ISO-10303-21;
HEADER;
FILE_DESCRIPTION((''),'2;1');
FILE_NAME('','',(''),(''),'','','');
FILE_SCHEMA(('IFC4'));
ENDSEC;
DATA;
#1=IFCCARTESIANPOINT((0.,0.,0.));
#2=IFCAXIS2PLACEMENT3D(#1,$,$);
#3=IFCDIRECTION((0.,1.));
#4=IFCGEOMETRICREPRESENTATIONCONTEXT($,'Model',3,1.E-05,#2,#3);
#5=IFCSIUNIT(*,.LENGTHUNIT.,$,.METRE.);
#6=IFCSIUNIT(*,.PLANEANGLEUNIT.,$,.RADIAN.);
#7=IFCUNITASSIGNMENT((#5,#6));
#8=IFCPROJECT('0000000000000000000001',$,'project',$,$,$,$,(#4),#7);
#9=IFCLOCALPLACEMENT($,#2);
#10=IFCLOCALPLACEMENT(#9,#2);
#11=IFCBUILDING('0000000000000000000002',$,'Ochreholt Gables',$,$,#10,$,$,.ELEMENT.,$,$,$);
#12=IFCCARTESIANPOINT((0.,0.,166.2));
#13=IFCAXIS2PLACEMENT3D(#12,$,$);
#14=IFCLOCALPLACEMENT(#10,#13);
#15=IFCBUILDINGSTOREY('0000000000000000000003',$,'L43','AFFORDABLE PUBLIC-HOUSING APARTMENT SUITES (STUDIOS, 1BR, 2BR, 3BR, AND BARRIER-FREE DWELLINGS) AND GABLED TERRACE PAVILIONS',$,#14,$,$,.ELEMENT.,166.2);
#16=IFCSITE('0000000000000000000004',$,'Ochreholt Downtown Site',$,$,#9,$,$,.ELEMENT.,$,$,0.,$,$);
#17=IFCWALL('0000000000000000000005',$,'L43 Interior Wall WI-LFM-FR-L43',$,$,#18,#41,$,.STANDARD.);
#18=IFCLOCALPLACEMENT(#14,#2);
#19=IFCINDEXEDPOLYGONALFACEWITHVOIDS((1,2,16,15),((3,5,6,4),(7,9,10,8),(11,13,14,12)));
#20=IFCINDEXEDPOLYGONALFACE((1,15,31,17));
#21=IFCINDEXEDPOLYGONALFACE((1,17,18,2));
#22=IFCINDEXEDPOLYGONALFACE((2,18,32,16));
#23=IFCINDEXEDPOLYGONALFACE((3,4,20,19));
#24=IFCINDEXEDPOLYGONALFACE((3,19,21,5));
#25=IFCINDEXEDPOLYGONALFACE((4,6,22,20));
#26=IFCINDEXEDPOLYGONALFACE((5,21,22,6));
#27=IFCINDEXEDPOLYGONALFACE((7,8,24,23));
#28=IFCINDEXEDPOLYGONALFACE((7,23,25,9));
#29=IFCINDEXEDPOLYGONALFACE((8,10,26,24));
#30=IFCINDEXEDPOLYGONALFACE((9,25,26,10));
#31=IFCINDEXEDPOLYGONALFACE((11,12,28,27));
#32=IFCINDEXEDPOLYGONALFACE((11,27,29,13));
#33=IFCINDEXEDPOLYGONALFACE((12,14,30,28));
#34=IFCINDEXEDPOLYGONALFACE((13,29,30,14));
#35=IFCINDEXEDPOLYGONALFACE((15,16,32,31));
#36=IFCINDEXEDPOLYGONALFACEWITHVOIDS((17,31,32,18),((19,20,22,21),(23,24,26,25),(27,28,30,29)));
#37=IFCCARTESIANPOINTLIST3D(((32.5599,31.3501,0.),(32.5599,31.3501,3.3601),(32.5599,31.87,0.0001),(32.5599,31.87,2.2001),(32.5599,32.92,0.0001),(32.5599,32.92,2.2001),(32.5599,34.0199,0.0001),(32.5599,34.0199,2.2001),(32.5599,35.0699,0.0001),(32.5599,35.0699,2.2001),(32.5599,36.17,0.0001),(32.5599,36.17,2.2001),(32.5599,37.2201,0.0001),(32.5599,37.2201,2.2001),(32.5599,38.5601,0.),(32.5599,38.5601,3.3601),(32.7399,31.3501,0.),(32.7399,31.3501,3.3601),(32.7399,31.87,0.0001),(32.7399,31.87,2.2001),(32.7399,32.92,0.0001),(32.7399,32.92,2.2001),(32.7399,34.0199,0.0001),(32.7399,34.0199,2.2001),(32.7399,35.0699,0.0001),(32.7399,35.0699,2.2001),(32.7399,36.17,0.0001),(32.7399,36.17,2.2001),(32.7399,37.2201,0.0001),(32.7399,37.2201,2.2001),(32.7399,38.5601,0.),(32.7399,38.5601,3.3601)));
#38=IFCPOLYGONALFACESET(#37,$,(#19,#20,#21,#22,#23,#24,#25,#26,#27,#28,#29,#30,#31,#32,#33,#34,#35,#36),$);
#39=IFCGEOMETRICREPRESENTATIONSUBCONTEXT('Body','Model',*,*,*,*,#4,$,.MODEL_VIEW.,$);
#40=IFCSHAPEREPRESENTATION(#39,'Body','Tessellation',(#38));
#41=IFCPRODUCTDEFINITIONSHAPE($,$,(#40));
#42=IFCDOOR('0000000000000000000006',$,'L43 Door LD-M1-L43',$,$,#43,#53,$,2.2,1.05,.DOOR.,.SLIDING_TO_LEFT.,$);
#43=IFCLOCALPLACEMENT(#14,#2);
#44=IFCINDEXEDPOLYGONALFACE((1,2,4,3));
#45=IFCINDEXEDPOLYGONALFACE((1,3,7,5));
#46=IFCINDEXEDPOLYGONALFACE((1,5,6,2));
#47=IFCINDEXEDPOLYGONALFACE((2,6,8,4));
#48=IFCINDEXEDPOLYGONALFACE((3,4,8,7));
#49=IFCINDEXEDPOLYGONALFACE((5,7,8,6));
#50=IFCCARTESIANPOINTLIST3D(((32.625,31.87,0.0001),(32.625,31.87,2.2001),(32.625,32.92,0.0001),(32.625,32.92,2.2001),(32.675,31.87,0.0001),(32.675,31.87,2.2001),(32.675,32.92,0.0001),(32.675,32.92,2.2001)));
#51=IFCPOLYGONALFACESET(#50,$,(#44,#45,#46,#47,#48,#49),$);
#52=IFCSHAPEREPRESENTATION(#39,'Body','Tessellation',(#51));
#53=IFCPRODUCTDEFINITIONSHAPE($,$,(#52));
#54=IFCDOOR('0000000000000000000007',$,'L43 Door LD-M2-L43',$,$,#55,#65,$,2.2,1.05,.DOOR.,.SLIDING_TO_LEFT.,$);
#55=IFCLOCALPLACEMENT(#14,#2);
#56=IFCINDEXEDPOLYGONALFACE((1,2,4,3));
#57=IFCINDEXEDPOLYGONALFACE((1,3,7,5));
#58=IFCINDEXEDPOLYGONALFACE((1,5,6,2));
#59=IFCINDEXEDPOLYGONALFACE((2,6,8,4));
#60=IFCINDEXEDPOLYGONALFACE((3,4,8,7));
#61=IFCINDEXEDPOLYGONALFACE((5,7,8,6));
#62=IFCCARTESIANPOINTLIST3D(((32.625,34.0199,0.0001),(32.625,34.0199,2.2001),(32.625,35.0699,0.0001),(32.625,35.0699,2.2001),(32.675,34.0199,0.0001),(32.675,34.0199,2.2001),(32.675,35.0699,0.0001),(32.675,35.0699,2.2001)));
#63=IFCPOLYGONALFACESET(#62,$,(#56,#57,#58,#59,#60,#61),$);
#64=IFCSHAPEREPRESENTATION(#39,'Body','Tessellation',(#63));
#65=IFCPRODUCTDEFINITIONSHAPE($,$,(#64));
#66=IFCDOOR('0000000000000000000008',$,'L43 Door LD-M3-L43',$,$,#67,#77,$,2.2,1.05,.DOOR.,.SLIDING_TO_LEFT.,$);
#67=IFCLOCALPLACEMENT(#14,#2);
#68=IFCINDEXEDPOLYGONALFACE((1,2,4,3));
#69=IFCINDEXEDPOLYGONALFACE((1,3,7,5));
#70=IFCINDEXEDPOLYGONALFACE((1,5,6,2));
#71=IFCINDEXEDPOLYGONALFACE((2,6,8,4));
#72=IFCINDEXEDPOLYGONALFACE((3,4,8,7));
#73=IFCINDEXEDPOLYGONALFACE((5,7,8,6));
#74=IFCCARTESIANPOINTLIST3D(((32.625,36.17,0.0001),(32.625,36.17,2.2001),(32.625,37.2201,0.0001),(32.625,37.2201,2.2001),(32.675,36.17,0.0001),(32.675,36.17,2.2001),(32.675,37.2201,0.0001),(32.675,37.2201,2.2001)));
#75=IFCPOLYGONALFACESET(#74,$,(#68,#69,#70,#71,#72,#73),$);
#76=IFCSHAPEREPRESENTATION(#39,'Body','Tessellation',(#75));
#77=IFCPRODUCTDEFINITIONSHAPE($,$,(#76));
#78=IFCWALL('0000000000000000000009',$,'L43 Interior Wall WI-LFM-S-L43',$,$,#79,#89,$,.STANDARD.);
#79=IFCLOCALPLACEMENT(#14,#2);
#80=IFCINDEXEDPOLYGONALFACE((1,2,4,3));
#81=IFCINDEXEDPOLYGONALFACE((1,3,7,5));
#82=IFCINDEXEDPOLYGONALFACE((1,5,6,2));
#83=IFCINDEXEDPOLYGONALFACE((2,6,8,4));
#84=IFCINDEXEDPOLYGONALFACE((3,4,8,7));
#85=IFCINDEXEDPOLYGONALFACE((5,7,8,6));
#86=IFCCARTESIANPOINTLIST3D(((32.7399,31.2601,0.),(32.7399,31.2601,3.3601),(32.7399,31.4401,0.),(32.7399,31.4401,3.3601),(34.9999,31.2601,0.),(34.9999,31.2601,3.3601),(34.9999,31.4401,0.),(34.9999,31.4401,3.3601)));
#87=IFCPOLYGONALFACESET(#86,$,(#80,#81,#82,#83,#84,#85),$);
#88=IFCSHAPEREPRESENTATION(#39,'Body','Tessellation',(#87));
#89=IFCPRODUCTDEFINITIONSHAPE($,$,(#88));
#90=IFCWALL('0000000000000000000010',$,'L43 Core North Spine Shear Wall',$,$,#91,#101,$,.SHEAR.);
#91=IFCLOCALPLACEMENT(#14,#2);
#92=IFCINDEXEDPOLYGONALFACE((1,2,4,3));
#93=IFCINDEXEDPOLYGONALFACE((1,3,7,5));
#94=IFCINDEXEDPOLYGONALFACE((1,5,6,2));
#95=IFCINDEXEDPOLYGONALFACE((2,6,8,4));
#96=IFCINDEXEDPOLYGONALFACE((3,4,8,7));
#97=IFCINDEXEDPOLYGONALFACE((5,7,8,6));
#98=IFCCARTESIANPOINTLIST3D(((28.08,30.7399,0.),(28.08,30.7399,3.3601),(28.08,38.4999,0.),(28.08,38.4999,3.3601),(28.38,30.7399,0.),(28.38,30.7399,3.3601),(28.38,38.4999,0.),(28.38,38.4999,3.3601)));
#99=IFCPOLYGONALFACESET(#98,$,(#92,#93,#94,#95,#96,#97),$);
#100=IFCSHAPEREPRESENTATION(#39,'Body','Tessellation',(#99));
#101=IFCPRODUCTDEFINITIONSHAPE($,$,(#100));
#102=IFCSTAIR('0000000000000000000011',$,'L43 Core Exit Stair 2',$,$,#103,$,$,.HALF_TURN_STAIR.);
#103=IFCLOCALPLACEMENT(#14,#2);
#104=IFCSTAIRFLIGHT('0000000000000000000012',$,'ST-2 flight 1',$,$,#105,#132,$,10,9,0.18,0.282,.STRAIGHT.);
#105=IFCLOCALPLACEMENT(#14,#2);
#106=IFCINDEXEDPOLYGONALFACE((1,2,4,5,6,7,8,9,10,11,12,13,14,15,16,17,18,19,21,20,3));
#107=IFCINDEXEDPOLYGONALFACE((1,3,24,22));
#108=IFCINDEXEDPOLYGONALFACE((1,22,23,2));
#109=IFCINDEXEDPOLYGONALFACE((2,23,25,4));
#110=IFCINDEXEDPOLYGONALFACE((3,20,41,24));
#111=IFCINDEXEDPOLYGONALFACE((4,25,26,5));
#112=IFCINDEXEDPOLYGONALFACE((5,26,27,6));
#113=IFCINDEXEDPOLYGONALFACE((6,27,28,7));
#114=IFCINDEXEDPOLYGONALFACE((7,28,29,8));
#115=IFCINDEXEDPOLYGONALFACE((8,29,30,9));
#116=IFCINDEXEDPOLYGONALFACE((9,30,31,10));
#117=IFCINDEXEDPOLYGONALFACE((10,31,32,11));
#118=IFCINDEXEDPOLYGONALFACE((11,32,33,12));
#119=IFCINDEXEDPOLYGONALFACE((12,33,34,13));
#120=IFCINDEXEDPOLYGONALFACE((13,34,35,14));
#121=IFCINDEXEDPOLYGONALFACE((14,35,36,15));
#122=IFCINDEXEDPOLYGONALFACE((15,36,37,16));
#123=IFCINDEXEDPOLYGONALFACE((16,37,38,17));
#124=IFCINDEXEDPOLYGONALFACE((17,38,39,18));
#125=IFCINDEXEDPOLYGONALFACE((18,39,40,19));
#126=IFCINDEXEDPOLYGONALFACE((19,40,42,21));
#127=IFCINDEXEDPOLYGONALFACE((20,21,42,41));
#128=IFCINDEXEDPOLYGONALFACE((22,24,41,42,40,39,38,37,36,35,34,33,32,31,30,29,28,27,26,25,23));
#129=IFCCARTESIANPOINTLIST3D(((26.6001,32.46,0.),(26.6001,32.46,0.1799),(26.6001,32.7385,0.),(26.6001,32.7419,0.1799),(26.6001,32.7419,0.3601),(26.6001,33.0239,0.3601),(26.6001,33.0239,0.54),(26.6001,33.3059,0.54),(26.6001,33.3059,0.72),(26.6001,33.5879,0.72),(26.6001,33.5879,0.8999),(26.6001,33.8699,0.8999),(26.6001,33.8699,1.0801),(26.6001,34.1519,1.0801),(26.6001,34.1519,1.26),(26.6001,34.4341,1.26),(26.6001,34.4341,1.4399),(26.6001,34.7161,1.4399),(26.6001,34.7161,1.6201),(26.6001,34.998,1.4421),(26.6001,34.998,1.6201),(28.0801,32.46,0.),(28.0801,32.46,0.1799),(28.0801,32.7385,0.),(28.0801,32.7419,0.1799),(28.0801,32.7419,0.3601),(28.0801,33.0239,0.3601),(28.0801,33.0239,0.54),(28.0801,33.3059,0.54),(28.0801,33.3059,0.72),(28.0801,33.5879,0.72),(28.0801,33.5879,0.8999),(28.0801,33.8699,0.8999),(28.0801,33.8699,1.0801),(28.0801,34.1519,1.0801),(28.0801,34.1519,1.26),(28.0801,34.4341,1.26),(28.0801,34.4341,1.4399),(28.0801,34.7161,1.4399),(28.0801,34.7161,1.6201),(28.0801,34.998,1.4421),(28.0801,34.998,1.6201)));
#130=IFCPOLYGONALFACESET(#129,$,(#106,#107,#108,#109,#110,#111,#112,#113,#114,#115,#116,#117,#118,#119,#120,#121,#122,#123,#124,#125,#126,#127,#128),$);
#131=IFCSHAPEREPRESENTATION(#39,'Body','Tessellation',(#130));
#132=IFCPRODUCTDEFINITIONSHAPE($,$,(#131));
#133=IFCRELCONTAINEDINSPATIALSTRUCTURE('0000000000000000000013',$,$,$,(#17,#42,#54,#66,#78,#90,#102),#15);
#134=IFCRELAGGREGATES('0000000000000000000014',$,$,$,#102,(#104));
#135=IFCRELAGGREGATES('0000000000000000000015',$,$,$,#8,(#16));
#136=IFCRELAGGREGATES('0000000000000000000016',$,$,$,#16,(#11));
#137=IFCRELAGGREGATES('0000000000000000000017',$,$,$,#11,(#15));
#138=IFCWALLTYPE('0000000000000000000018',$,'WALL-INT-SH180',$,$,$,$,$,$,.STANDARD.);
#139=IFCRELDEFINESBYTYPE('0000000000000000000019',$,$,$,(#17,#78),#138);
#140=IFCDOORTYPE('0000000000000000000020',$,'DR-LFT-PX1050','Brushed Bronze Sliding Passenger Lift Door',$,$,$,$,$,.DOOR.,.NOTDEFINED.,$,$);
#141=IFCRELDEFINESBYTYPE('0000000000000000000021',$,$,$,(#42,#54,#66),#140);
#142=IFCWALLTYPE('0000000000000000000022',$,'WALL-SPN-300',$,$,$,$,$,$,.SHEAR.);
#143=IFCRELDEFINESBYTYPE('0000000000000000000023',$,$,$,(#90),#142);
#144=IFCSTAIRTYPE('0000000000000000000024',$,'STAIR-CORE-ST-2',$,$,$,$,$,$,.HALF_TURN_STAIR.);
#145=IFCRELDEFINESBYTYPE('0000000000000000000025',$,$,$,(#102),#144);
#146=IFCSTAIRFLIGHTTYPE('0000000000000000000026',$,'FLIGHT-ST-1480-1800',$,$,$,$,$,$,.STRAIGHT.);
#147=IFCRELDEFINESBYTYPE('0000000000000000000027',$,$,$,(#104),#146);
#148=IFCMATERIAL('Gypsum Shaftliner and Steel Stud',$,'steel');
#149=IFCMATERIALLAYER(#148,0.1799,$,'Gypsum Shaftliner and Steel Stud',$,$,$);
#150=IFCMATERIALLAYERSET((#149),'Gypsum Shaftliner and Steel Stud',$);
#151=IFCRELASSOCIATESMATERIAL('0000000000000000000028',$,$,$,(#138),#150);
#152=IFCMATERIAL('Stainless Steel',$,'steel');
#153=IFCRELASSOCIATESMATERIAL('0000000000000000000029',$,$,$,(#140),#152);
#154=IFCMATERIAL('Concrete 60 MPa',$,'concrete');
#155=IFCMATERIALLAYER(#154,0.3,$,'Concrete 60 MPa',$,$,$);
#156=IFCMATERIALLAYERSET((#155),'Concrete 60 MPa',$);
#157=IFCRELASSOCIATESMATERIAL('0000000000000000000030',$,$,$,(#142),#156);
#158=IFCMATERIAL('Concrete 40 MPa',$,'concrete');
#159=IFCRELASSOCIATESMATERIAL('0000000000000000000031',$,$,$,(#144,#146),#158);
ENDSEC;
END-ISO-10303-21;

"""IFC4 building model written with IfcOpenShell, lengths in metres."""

from ifc_helpers import new_model, si_unit, direction, frame, frame_2d, origin, place, context, subcontext, project, spatial, polyline, rectangle, outline, extrude, material, layer, layer_set, type_object, element, fill, aggregate, save


model = new_model("IFC4")

# Units and contexts
model_context = context("Model", 3, precision=1e-05, world=origin(), true_north=direction((0.0, 1.0)))
body_context = subcontext(model_context, "Body", "Model", "MODEL_VIEW")
ifc_project = project(units=[si_unit("LENGTHUNIT", "METRE"), si_unit("PLANEANGLEUNIT", "RADIAN")], contexts=[model_context])

# Site, building, storey
site_placement = place(None, origin())
site = spatial("IfcSite", under=ifc_project, at=site_placement, Name="Ochreholt Downtown Site", CompositionType="ELEMENT", RefElevation=0.0)
building_placement = place(site_placement, origin())
building = spatial("IfcBuilding", under=site, at=building_placement, Name="Ochreholt Gables", CompositionType="ELEMENT")
storey_placement = place(building_placement, frame((0.0, 0.0, 166.2)))
storey = spatial("IfcBuildingStorey", under=building, at=storey_placement, Name="L43", Description="AFFORDABLE PUBLIC-HOUSING APARTMENT SUITES (STUDIOS, 1BR, 2BR, 3BR, AND BARRIER-FREE DWELLINGS) AND GABLED TERRACE PAVILIONS", CompositionType="ELEMENT", Elevation=166.2)

# Shared definitions
ifc_material_1 = material(Name="Concrete 40 MPa", Category="concrete")

# Shared definitions
ifc_material_2 = material(Name="Gypsum Shaftliner and Steel Stud", Category="steel")
ifc_layer_1 = layer(ifc_material_2, 0.1799, Name="Gypsum Shaftliner and Steel Stud")
ifc_layer_set_1 = layer_set([ifc_layer_1], Name="Gypsum Shaftliner and Steel Stud")
wall_type_1 = type_object("IfcWallType", Name="WALL-INT-SH180", PredefinedType="STANDARD", material=ifc_layer_set_1)

# Wall, openings, doors
wall_1_placement = place(storey_placement, frame((32.6499, 31.3501, 0.0), z_axis=(0.0, 0.0, 1.0), x_axis=(0.0, 1.0, 0.0)))
wall_1 = element("IfcWall", 1, at=wall_1_placement, inside=storey, type_object=wall_type_1, Name="L43 Interior Wall WI-LFM-FR-L43", PredefinedType="STANDARD", context=body_context, shape_type="SweptSolid", body=[
    extrude(rectangle(XDim=7.21, YDim=0.1799, at=frame_2d((3.605, 0.0))), origin(), (0.0, 0.0, 1.0), 3.3601),
])
opening_1_placement = place(wall_1_placement, frame((0.52, 0.0, 0.0)))
opening_1 = element("IfcOpeningElement", 2, at=opening_1_placement, cuts=wall_1, PredefinedType="OPENING", context=body_context, shape_type="SweptSolid", body=[
    extrude(rectangle(XDim=1.05, YDim=2.2, at=frame_2d((0.5249, 1.1001))), frame((0.0, 0.0999, 0.0), z_axis=(0.0, -1.0, 0.0), x_axis=(1.0, 0.0, 0.0)), (0.0, 0.0, 1.0), 0.2),
])
opening_2_placement = place(wall_1_placement, frame((2.6699, 0.0, 0.0)))
opening_2 = element("IfcOpeningElement", 3, at=opening_2_placement, cuts=wall_1, PredefinedType="OPENING", context=body_context, shape_type="SweptSolid", body=[
    extrude(rectangle(XDim=1.05, YDim=2.2, at=frame_2d((0.5249, 1.1001))), frame((0.0, 0.0999, 0.0), z_axis=(0.0, -1.0, 0.0), x_axis=(1.0, 0.0, 0.0)), (0.0, 0.0, 1.0), 0.2),
])
opening_3_placement = place(wall_1_placement, frame((4.8201, 0.0, 0.0)))
opening_3 = element("IfcOpeningElement", 4, at=opening_3_placement, cuts=wall_1, PredefinedType="OPENING", context=body_context, shape_type="SweptSolid", body=[
    extrude(rectangle(XDim=1.05, YDim=2.2, at=frame_2d((0.5249, 1.1001))), frame((0.0, 0.0999, 0.0), z_axis=(0.0, -1.0, 0.0), x_axis=(1.0, 0.0, 0.0)), (0.0, 0.0, 1.0), 0.2),
])
ifc_material_3 = material(Name="Stainless Steel", Category="steel")
door_type_1 = type_object("IfcDoorType", Name="DR-LFT-PX1050", Description="Brushed Bronze Sliding Passenger Lift Door", OperationType="NOTDEFINED", PredefinedType="DOOR", material=ifc_material_3)
door_1_placement = place(opening_1_placement, origin())
door_1 = element("IfcDoor", 5, at=door_1_placement, inside=storey, type_object=door_type_1, Name="L43 Door LD-M1-L43", OperationType="SLIDING_TO_LEFT", OverallHeight=2.2, OverallWidth=1.05, PredefinedType="DOOR", context=body_context, shape_type="SweptSolid", body=[
    extrude(rectangle(XDim=1.05, YDim=2.2, at=frame_2d((0.5249, 1.1001))), frame((0.0, 0.0249, 0.0), z_axis=(0.0, -1.0, 0.0), x_axis=(1.0, 0.0, 0.0)), (0.0, 0.0, 1.0), 0.05),
])
fill(opening_1, door_1)
door_2_placement = place(opening_2_placement, origin())
door_2 = element("IfcDoor", 6, at=door_2_placement, inside=storey, type_object=door_type_1, Name="L43 Door LD-M2-L43", OperationType="SLIDING_TO_LEFT", OverallHeight=2.2, OverallWidth=1.05, PredefinedType="DOOR", context=body_context, shape_type="SweptSolid", body=[
    extrude(rectangle(XDim=1.05, YDim=2.2, at=frame_2d((0.5249, 1.1001))), frame((0.0, 0.0249, 0.0), z_axis=(0.0, -1.0, 0.0), x_axis=(1.0, 0.0, 0.0)), (0.0, 0.0, 1.0), 0.05),
])
fill(opening_2, door_2)
door_3_placement = place(opening_3_placement, origin())
door_3 = element("IfcDoor", 7, at=door_3_placement, inside=storey, type_object=door_type_1, Name="L43 Door LD-M3-L43", OperationType="SLIDING_TO_LEFT", OverallHeight=2.2, OverallWidth=1.05, PredefinedType="DOOR", context=body_context, shape_type="SweptSolid", body=[
    extrude(rectangle(XDim=1.05, YDim=2.2, at=frame_2d((0.5249, 1.1001))), frame((0.0, 0.0249, 0.0), z_axis=(0.0, -1.0, 0.0), x_axis=(1.0, 0.0, 0.0)), (0.0, 0.0, 1.0), 0.05),
])
fill(opening_3, door_3)

# Walls
wall_2_placement = place(storey_placement, frame((32.74, 31.3501, 0.0), z_axis=(0.0, 0.0, 1.0), x_axis=(1.0, 0.0, 0.0)))
element("IfcWall", 8, at=wall_2_placement, inside=storey, type_object=wall_type_1, Name="L43 Interior Wall WI-LFM-S-L43", PredefinedType="STANDARD", context=body_context, shape_type="SweptSolid", body=[
    extrude(rectangle(XDim=2.26, YDim=0.1799, at=frame_2d((1.1299, 0.0))), origin(), (0.0, 0.0, 1.0), 3.3601),
])
ifc_material_4 = material(Name="Concrete 60 MPa", Category="concrete")
ifc_layer_2 = layer(ifc_material_4, 0.3, Name="Concrete 60 MPa")
ifc_layer_set_2 = layer_set([ifc_layer_2], Name="Concrete 60 MPa")
wall_type_2 = type_object("IfcWallType", Name="WALL-SPN-300", PredefinedType="SHEAR", material=ifc_layer_set_2)
wall_3_placement = place(storey_placement, frame((28.23, 30.74, 0.0), z_axis=(0.0, 0.0, 1.0), x_axis=(0.0, 1.0, 0.0)))
element("IfcWall", 9, at=wall_3_placement, inside=storey, type_object=wall_type_2, Name="L43 Core North Spine Shear Wall", PredefinedType="SHEAR", context=body_context, shape_type="SweptSolid", body=[
    extrude(rectangle(XDim=7.76, YDim=0.3, at=frame_2d((3.8799, 0.0))), origin(), (0.0, 0.0, 1.0), 3.3601),
])

# Stair, stair flight
stair_type = type_object("IfcStairType", Name="STAIR-CORE-ST-2", PredefinedType="HALF_TURN_STAIR", material=ifc_material_1)
stair_placement = place(storey_placement, origin())
stair = element("IfcStair", 10, at=stair_placement, inside=storey, type_object=stair_type, Name="L43 Core Exit Stair 2", PredefinedType="HALF_TURN_STAIR")
stair_flight_type = type_object("IfcStairFlightType", Name="FLIGHT-ST-1480-1800", PredefinedType="STRAIGHT", material=ifc_material_1)
stair_flight_placement = place(storey_placement, frame((27.3401, 32.46, 0.0), z_axis=(0.0, 0.0, 1.0), x_axis=(0.0, 1.0, 0.0)))
stair_flight = element("IfcStairFlight", 11, at=stair_flight_placement, type_object=stair_flight_type, Name="ST-2 flight 1", NumberOfRisers=10, NumberOfTreads=9, PredefinedType="STRAIGHT", RiserHeight=0.18, TreadLength=0.282, context=body_context, shape_type="SweptSolid", body=[
    extrude(outline(polyline([(0.0, 0.0), (0.0, 0.1799), (0.282, 0.1799), (0.282, 0.3601), (0.564, 0.3601), (0.564, 0.54), (0.8459, 0.54), (0.8459, 0.72), (1.1279, 0.72), (1.1279, 0.8999), (1.4099, 0.8999), (1.4099, 1.0801), (1.6919, 1.0801), (1.6919, 1.26), (1.9741, 1.26), (1.9741, 1.4399), (2.2561, 1.4399), (2.2561, 1.6201), (2.5381, 1.6201), (2.5381, 1.8), (2.5381, 1.4421), (0.2786, 0.0), (0.0, 0.0)])), frame((0.0, 0.74, 0.0), z_axis=(0.0, -1.0, 0.0), x_axis=(1.0, 0.0, 0.0)), (0.0, 0.0, 1.0), 1.48),
])
aggregate(stair, [stair_flight])

save(model, "model.ifc")
